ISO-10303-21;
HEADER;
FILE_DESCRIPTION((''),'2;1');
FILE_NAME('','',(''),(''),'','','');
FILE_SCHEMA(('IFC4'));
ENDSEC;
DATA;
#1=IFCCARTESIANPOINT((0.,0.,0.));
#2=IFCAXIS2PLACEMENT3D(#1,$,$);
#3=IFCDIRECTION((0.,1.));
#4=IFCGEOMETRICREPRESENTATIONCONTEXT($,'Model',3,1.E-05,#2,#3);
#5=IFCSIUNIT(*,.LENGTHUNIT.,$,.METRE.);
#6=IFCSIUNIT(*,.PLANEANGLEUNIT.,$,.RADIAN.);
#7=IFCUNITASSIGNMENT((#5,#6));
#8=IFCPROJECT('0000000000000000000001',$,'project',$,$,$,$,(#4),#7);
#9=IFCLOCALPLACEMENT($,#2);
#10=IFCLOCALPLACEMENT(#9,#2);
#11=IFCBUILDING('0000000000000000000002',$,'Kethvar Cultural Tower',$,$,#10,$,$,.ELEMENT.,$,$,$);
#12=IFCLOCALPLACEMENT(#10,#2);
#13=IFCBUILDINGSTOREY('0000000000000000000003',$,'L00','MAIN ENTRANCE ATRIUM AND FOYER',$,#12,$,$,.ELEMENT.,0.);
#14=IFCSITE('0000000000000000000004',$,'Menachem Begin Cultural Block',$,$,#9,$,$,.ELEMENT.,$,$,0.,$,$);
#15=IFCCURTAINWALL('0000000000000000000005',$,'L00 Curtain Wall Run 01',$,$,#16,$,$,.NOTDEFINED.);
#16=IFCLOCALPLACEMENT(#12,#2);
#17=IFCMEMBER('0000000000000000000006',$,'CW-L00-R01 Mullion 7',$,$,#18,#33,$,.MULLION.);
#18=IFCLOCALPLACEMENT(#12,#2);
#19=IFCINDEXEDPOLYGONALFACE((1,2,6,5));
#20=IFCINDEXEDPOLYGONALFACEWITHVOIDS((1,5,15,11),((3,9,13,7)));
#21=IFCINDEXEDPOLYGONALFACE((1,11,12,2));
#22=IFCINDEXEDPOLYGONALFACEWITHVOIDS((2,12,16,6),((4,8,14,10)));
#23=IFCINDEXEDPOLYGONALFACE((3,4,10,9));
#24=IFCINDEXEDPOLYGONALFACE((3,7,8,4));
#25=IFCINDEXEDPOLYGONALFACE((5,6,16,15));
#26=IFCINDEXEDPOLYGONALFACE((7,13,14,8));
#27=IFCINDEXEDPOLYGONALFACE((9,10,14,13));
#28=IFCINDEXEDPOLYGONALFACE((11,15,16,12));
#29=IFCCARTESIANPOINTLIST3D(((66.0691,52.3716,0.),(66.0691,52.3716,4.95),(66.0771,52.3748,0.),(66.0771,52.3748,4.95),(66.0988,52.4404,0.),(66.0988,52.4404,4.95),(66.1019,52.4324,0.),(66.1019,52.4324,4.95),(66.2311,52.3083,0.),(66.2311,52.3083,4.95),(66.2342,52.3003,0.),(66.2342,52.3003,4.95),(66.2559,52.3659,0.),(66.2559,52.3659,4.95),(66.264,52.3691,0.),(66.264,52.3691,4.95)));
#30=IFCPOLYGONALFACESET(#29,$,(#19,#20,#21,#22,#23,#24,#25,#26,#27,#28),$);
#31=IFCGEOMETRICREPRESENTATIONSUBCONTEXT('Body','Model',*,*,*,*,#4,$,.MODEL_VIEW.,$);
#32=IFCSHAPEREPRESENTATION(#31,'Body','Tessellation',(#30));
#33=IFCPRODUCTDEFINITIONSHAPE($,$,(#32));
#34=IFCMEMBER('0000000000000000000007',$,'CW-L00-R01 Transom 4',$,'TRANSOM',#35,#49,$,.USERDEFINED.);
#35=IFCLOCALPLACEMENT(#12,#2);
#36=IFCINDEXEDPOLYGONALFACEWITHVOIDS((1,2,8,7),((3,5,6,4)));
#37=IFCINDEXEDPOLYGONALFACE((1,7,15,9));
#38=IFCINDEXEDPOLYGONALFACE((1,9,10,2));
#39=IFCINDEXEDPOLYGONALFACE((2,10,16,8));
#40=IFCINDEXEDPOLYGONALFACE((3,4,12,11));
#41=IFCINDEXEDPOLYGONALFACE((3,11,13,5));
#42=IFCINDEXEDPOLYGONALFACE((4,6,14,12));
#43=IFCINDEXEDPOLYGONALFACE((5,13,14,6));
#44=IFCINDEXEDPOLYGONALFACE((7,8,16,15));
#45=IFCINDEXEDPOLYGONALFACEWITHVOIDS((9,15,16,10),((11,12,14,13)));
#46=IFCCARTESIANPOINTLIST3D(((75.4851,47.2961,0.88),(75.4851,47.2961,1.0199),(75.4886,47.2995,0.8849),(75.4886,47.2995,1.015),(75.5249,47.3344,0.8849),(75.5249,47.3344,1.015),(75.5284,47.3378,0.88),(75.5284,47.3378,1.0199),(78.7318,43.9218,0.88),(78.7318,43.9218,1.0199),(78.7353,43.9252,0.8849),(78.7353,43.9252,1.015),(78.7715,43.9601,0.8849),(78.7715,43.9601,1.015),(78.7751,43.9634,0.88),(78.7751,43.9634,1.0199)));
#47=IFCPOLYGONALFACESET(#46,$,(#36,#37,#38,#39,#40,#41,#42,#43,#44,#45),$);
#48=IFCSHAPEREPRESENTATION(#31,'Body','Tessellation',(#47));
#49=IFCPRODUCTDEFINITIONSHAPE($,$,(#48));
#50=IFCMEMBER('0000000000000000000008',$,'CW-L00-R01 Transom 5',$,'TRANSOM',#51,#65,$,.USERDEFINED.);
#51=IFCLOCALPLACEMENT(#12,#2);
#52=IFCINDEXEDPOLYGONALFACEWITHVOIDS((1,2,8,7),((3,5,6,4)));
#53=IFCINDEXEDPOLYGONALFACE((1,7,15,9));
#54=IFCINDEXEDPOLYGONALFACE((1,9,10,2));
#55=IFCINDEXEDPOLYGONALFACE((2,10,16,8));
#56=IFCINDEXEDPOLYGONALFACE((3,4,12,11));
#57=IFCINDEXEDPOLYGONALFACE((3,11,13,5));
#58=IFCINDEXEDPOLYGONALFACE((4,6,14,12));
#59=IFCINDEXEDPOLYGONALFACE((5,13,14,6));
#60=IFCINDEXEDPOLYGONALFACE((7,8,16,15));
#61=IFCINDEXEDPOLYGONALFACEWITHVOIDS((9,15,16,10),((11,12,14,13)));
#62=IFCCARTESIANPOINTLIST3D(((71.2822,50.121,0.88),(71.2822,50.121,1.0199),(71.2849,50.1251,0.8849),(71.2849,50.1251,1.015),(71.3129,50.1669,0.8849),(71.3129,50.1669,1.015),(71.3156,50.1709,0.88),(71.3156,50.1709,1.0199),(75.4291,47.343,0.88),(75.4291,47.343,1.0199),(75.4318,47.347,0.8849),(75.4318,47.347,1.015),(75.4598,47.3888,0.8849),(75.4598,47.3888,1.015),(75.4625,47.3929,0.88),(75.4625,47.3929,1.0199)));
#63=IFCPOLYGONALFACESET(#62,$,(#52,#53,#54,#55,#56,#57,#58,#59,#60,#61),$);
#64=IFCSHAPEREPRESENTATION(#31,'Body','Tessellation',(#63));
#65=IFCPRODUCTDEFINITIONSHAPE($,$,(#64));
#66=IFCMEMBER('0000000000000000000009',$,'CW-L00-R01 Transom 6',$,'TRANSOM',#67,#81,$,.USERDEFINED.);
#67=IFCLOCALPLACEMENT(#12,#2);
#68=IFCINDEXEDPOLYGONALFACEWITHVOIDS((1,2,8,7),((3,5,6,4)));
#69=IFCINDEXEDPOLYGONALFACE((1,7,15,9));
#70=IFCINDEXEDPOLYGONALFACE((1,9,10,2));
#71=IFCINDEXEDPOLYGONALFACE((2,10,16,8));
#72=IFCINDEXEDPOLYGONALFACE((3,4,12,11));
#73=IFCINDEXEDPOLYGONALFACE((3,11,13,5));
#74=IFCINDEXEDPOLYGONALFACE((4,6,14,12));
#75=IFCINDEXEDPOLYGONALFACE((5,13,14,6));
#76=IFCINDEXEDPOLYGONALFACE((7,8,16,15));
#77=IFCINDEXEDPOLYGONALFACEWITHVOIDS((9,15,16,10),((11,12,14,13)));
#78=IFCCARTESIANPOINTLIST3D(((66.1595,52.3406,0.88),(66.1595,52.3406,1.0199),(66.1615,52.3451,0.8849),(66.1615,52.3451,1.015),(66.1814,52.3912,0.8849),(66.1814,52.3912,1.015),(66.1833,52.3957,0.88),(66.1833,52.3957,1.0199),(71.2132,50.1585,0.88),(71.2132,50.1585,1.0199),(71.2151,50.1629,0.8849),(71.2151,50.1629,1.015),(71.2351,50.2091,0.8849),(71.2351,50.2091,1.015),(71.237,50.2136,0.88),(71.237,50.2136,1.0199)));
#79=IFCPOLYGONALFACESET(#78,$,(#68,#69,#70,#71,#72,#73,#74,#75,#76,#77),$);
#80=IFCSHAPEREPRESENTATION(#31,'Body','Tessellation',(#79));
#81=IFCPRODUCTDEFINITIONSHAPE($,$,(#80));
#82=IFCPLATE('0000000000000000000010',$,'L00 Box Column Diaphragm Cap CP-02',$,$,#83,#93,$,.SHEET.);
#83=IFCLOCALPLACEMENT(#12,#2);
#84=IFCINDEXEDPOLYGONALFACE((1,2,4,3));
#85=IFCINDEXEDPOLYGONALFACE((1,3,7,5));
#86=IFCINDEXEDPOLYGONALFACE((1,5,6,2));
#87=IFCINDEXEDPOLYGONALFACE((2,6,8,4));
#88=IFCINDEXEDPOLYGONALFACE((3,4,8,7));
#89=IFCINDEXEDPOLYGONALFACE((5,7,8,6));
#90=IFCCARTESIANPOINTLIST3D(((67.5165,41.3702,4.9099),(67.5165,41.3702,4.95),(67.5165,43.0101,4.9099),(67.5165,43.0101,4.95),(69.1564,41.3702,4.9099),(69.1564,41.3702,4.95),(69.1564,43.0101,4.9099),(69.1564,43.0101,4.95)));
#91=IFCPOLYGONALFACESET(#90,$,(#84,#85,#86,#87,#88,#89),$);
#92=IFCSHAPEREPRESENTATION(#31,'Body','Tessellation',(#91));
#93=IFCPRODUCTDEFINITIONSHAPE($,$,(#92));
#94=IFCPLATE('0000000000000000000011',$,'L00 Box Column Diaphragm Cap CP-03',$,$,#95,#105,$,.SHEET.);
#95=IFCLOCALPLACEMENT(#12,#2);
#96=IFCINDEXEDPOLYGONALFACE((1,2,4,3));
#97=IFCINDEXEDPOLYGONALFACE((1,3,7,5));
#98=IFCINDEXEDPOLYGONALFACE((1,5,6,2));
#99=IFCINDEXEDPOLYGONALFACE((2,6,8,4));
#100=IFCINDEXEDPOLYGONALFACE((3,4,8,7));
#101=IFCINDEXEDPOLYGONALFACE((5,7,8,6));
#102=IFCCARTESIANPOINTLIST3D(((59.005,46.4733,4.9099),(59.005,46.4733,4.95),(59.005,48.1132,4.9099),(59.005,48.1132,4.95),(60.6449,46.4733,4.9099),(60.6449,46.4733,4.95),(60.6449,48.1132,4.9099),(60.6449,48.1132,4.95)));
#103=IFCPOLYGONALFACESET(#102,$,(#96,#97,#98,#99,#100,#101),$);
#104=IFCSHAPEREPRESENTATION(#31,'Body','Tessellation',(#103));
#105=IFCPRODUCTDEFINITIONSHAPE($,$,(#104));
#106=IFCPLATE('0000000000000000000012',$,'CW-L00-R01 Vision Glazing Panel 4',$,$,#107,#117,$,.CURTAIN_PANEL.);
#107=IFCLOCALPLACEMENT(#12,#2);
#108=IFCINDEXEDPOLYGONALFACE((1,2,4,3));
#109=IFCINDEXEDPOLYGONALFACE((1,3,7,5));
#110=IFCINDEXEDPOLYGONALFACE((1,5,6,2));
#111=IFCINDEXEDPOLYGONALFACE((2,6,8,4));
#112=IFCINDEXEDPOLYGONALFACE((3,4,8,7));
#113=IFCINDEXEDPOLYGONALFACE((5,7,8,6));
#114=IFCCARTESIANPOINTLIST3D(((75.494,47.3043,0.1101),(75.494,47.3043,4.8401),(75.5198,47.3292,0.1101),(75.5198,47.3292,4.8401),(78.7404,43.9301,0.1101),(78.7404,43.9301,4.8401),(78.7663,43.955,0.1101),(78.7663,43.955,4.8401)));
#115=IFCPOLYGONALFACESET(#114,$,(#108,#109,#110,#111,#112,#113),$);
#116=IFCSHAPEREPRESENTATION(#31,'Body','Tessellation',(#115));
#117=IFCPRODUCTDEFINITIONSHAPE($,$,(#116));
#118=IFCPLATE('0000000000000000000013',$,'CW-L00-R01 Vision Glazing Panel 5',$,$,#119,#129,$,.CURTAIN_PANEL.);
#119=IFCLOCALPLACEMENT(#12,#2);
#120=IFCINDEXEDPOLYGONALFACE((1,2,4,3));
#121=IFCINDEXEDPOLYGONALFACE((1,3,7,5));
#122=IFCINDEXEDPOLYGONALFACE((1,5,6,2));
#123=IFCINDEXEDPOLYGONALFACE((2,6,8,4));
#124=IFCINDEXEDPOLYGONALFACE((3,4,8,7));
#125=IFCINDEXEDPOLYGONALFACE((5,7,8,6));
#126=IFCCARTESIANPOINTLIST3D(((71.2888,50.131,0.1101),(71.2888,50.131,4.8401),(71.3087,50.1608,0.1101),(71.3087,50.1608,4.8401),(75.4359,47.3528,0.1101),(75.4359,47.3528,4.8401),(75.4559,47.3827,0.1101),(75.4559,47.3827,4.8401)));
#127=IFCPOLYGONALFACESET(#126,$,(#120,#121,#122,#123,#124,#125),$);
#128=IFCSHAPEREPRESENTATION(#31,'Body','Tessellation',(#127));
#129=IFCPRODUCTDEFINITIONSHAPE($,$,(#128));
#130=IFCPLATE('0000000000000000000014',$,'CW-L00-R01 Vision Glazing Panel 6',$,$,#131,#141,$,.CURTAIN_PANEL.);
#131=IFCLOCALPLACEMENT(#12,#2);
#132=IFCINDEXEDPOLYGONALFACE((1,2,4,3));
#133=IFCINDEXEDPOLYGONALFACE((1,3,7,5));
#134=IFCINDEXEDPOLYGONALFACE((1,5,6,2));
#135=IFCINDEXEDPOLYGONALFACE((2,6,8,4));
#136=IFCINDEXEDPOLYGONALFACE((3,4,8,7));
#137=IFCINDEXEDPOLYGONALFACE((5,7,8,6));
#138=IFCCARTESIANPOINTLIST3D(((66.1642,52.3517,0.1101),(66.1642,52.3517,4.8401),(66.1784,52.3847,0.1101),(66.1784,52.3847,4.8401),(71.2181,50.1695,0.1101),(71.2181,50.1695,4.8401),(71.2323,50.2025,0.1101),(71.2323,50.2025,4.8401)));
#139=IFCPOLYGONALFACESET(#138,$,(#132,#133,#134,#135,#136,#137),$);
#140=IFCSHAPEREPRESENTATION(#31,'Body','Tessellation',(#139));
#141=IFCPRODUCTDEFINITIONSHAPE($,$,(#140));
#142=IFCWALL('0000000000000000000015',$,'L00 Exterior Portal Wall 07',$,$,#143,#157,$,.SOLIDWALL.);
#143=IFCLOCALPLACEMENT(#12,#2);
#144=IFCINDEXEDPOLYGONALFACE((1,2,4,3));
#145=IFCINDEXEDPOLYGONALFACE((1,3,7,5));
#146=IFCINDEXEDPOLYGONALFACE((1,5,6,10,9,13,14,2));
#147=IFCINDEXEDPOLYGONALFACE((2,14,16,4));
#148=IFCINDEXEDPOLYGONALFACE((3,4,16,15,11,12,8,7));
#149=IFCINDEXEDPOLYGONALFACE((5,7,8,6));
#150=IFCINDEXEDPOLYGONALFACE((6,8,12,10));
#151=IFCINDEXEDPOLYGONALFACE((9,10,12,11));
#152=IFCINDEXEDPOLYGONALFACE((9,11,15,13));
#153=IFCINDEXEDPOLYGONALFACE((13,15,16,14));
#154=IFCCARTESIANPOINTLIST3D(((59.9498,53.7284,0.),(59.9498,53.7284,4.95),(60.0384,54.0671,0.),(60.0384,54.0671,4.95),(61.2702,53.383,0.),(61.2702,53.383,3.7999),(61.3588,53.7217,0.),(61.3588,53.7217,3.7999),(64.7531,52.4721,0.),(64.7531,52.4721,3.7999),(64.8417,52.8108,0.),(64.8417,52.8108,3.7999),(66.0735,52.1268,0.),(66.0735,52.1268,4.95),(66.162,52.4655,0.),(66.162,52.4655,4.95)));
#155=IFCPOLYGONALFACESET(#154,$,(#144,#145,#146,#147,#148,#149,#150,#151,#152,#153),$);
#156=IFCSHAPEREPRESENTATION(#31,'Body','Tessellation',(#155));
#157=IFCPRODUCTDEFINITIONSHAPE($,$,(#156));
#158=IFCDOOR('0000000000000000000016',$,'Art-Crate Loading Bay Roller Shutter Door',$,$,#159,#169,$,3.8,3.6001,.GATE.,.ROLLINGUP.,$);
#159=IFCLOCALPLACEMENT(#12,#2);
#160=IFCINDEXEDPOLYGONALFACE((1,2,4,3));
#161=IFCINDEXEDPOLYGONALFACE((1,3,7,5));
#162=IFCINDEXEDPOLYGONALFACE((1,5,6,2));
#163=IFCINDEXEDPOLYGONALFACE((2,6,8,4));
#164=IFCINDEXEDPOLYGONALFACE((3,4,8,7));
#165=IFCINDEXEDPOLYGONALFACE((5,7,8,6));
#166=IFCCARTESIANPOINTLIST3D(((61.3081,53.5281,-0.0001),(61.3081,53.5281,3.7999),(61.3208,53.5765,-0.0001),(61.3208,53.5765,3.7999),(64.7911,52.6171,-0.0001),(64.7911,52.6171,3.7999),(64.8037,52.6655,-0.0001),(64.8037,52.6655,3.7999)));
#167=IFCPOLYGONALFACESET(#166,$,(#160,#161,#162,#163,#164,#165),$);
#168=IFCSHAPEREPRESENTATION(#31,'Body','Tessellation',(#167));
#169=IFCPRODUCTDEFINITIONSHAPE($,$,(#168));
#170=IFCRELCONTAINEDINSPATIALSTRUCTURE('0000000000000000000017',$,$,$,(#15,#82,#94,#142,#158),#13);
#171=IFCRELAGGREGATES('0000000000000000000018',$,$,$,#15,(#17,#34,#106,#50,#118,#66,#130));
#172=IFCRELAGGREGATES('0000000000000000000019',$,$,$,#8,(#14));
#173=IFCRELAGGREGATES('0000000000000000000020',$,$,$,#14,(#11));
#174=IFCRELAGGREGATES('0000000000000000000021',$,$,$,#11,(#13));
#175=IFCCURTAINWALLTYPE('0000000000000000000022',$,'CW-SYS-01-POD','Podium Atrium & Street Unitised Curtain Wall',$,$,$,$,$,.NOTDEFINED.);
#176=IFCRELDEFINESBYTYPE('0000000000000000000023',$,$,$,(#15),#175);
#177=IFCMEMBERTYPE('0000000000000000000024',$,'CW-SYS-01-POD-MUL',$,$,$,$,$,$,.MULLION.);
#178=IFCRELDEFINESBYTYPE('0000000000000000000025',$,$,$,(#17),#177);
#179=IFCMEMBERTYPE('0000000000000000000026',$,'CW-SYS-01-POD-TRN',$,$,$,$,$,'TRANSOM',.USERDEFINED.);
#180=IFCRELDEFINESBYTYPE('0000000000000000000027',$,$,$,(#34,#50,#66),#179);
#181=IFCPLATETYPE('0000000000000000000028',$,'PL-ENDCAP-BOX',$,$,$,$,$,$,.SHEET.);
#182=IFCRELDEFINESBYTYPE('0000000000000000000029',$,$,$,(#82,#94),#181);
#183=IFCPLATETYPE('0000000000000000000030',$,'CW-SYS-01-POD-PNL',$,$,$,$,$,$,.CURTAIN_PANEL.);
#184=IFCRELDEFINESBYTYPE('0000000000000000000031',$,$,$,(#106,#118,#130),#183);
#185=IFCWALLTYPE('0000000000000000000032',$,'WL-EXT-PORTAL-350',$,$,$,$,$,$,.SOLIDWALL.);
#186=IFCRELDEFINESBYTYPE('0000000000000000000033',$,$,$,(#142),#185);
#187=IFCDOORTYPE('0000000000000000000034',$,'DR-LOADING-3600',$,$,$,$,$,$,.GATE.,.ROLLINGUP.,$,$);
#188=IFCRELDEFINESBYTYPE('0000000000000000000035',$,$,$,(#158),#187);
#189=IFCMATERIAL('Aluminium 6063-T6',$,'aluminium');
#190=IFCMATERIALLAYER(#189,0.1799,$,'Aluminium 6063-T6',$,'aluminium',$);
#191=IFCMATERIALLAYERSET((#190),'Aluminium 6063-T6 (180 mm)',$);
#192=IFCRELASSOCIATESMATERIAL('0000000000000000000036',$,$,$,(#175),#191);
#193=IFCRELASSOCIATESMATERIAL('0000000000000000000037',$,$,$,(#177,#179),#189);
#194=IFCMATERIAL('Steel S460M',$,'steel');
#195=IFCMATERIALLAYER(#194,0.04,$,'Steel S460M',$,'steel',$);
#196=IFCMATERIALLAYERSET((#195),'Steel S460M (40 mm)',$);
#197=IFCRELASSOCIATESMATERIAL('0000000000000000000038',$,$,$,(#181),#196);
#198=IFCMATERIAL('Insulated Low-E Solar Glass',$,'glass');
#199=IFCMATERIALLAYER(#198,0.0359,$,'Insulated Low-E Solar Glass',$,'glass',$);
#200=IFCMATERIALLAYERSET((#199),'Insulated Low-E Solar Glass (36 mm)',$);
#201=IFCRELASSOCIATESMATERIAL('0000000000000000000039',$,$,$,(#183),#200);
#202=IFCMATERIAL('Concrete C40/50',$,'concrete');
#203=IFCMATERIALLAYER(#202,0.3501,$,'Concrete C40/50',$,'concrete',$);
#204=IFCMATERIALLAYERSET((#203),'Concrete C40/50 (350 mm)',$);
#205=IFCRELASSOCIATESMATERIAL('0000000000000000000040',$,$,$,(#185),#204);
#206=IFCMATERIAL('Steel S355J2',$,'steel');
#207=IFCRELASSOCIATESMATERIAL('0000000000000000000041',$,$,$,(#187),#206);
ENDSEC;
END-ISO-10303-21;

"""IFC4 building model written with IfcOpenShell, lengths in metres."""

from ifc_helpers import new_model, si_unit, direction, frame, frame_2d, origin, origin_2d, place, context, subcontext, project, spatial, rectangle, hollow_rectangle, extrude, source, transform, mapped, material, layer, layer_set, material_profile, profile_set, type_object, element, fill, aggregate, save


model = new_model("IFC4")

# Units and contexts
model_context = context("Model", 3, precision=1e-05, world=origin(), true_north=direction((0.0, 1.0)))
body_context = subcontext(model_context, "Body", "Model", "MODEL_VIEW")
ifc_project = project(units=[si_unit("LENGTHUNIT", "METRE"), si_unit("PLANEANGLEUNIT", "RADIAN")], contexts=[model_context])

# Site, building, storey
site_placement = place(None, origin())
site = spatial("IfcSite", under=ifc_project, at=site_placement, Name="Menachem Begin Cultural Block", CompositionType="ELEMENT", RefElevation=0.0)
building_placement = place(site_placement, origin())
building = spatial("IfcBuilding", under=site, at=building_placement, Name="Kethvar Cultural Tower", CompositionType="ELEMENT")
storey_placement = place(building_placement, origin())
storey = spatial("IfcBuildingStorey", under=building, at=storey_placement, Name="L00", Description="MAIN ENTRANCE ATRIUM AND FOYER", CompositionType="ELEMENT", Elevation=0.0)

# Shared definitions
ifc_material_1 = material(Name="Steel S460M", Category="steel")

# Shared definitions
ifc_material_2 = material(Name="Steel S355J2", Category="steel")

# Curtain wall, members
ifc_material_3 = material(Name="Aluminium 6063-T6", Category="aluminium")
ifc_layer_1 = layer(ifc_material_3, 0.1799, Name="Aluminium 6063-T6", Category="aluminium")
ifc_layer_set_1 = layer_set([ifc_layer_1], Name="Aluminium 6063-T6 (180 mm)")
curtain_wall_type = type_object("IfcCurtainWallType", Name="CW-SYS-01-POD", Description="Podium Atrium & Street Unitised Curtain Wall", PredefinedType="NOTDEFINED", material=ifc_layer_set_1)
curtain_wall_placement = place(storey_placement, origin())
curtain_wall = element("IfcCurtainWall", 1, at=curtain_wall_placement, inside=storey, type_object=curtain_wall_type, Name="L00 Curtain Wall Run 01", PredefinedType="NOTDEFINED")
ifc_material_profile_1 = material_profile(ifc_material_3, hollow_rectangle(XDim=0.075, YDim=0.1799, WallThickness=0.0061, at=origin_2d()), Name="Aluminium 6063-T6 — RHS180x75x6")
ifc_profile_set_1 = profile_set([ifc_material_profile_1], Name="Aluminium 6063-T6 — RHS180x75x6")
member_type_1 = type_object("IfcMemberType", Name="CW-SYS-01-POD-MUL", PredefinedType="MULLION", material=ifc_profile_set_1)
shared_shape_1 = source(origin(), body_context, "Body", "SweptSolid", [
    extrude(hollow_rectangle(XDim=0.075, YDim=0.1799, WallThickness=0.0061, at=origin_2d()), origin(), (0.0, 0.0, 1.0), 4.95),
])
member_1_placement = place(storey_placement, frame((66.1665, 52.3704, 0.0), z_axis=(0.0, 0.0, 1.0), x_axis=(-0.396411, -0.918073, 0.0)))
member_1 = element("IfcMember", 2, at=member_1_placement, type_object=member_type_1, Name="CW-L00-R01 Mullion 7", PredefinedType="MULLION", context=body_context, shape_type="MappedRepresentation", body=[
    mapped(shared_shape_1, transform((0.0, 0.0, 0.0), scale=1.0)),
])
ifc_material_profile_2 = material_profile(ifc_material_3, hollow_rectangle(XDim=0.0601, YDim=0.1399, WallThickness=0.0049, at=origin_2d()), Name="Aluminium 6063-T6 — RHS140x60x5")
ifc_profile_set_2 = profile_set([ifc_material_profile_2], Name="Aluminium 6063-T6 — RHS140x60x5")
member_type_2 = type_object("IfcMemberType", Name="CW-SYS-01-POD-TRN", ElementType="TRANSOM", PredefinedType="USERDEFINED", material=ifc_profile_set_2)
shared_shape_2 = source(origin(), body_context, "Body", "SweptSolid", [
    extrude(hollow_rectangle(XDim=0.0601, YDim=0.1399, WallThickness=0.0049, at=origin_2d()), origin(), (0.0, 0.0, 1.0), 4.6826),
])
member_2_placement = place(storey_placement, frame((78.7534, 43.9426, 0.95), z_axis=(-0.693341, 0.72061, 0.0), x_axis=(-0.72061, -0.693341, 0.0)))
member_2 = element("IfcMember", 3, at=member_2_placement, type_object=member_type_2, Name="CW-L00-R01 Transom 4", ObjectType="TRANSOM", PredefinedType="USERDEFINED", context=body_context, shape_type="MappedRepresentation", body=[
    mapped(shared_shape_2, transform((0.0, 0.0, 0.0), scale=1.0)),
])
shared_shape_3 = source(origin(), body_context, "Body", "SweptSolid", [
    extrude(hollow_rectangle(XDim=0.0601, YDim=0.1399, WallThickness=0.0049, at=origin_2d()), origin(), (0.0, 0.0, 1.0), 4.9915),
])
member_3_placement = place(storey_placement, frame((75.4458, 47.3679, 0.95), z_axis=(-0.830807, 0.556561, 0.0), x_axis=(-0.556561, -0.830807, 0.0)))
member_3 = element("IfcMember", 4, at=member_3_placement, type_object=member_type_2, Name="CW-L00-R01 Transom 5", ObjectType="TRANSOM", PredefinedType="USERDEFINED", context=body_context, shape_type="MappedRepresentation", body=[
    mapped(shared_shape_3, transform((0.0, 0.0, 0.0), scale=1.0)),
])
shared_shape_4 = source(origin(), body_context, "Body", "SweptSolid", [
    extrude(hollow_rectangle(XDim=0.0601, YDim=0.1399, WallThickness=0.0049, at=origin_2d()), origin(), (0.0, 0.0, 1.0), 5.5046),
])
member_4_placement = place(storey_placement, frame((71.2251, 50.186, 0.95), z_axis=(-0.918073, 0.396412, 0.0), x_axis=(-0.396412, -0.918073, 0.0)))
member_4 = element("IfcMember", 5, at=member_4_placement, type_object=member_type_2, Name="CW-L00-R01 Transom 6", ObjectType="TRANSOM", PredefinedType="USERDEFINED", context=body_context, shape_type="MappedRepresentation", body=[
    mapped(shared_shape_4, transform((0.0, 0.0, 0.0), scale=1.0)),
])

# Plates
ifc_layer_2 = layer(ifc_material_1, 0.04, Name="Steel S460M", Category="steel")
ifc_layer_set_2 = layer_set([ifc_layer_2], Name="Steel S460M (40 mm)")
plate_type_1 = type_object("IfcPlateType", Name="PL-ENDCAP-BOX", PredefinedType="SHEET", material=ifc_layer_set_2)
shared_shape_5 = source(origin(), body_context, "Body", "SweptSolid", [
    extrude(rectangle(XDim=1.6399, YDim=1.6399, at=origin_2d()), origin(), (0.0, 0.0, 1.0), 0.04),
])
for number, where, z_axis, x_axis, name in (
    (6, (68.3364, 42.1902, 4.9099), (0.0, 0.0, 1.0), (1.0, 0.0, 0.0), "L00 Box Column Diaphragm Cap CP-02"),
    (7, (59.825, 47.2932, 4.9099), (0.0, 0.0, 1.0), (1.0, 0.0, 0.0), "L00 Box Column Diaphragm Cap CP-03"),
):
    element("IfcPlate", number, at=place(storey_placement, frame(where, z_axis=z_axis, x_axis=x_axis)), inside=storey, type_object=plate_type_1, Name=name, PredefinedType="SHEET", context=body_context, shape_type="MappedRepresentation", body=[
        mapped(shared_shape_5, transform((0.0, 0.0, 0.0), scale=1.0)),
    ])

# Plates
ifc_material_4 = material(Name="Insulated Low-E Solar Glass", Category="glass")
ifc_layer_3 = layer(ifc_material_4, 0.0359, Name="Insulated Low-E Solar Glass", Category="glass")
ifc_layer_set_3 = layer_set([ifc_layer_3], Name="Insulated Low-E Solar Glass (36 mm)")
plate_type_2 = type_object("IfcPlateType", Name="CW-SYS-01-POD-PNL", PredefinedType="CURTAIN_PANEL", material=ifc_layer_set_3)
shared_shape_6 = source(origin(), body_context, "Body", "SweptSolid", [
    extrude(rectangle(XDim=4.6824, YDim=0.0359, at=origin_2d()), origin(), (0.0, 0.0, 1.0), 4.73),
])
plate_1_placement = place(storey_placement, frame((77.1301, 45.6296, 0.1101), z_axis=(0.0, 0.0, 1.0), x_axis=(-0.693339, 0.720612, 0.0)))
plate_1 = element("IfcPlate", 8, at=plate_1_placement, type_object=plate_type_2, Name="CW-L00-R01 Vision Glazing Panel 4", PredefinedType="CURTAIN_PANEL", context=body_context, shape_type="MappedRepresentation", body=[
    mapped(shared_shape_6, transform((0.0, 0.0, 0.0), scale=1.0)),
])
shared_shape_7 = source(origin(), body_context, "Body", "SweptSolid", [
    extrude(rectangle(XDim=4.9917, YDim=0.0359, at=origin_2d()), origin(), (0.0, 0.0, 1.0), 4.73),
])
plate_2_placement = place(storey_placement, frame((73.3723, 48.7568, 0.1101), z_axis=(0.0, 0.0, 1.0), x_axis=(-0.83081, 0.556557, 0.0)))
plate_2 = element("IfcPlate", 9, at=plate_2_placement, type_object=plate_type_2, Name="CW-L00-R01 Vision Glazing Panel 5", PredefinedType="CURTAIN_PANEL", context=body_context, shape_type="MappedRepresentation", body=[
    mapped(shared_shape_7, transform((0.0, 0.0, 0.0), scale=1.0)),
])
shared_shape_8 = source(origin(), body_context, "Body", "SweptSolid", [
    extrude(rectangle(XDim=5.5049, YDim=0.0359, at=origin_2d()), origin(), (0.0, 0.0, 1.0), 4.73),
])
plate_3_placement = place(storey_placement, frame((68.6982, 51.2771, 0.1101), z_axis=(0.0, 0.0, 1.0), x_axis=(-0.918073, 0.396411, 0.0)))
plate_3 = element("IfcPlate", 10, at=plate_3_placement, type_object=plate_type_2, Name="CW-L00-R01 Vision Glazing Panel 6", PredefinedType="CURTAIN_PANEL", context=body_context, shape_type="MappedRepresentation", body=[
    mapped(shared_shape_8, transform((0.0, 0.0, 0.0), scale=1.0)),
])
aggregate(curtain_wall, [member_1, member_2, plate_1, member_3, plate_2, member_4, plate_3])

# Wall, opening, door
ifc_material_5 = material(Name="Concrete C40/50", Category="concrete")
ifc_layer_4 = layer(ifc_material_5, 0.3501, Name="Concrete C40/50", Category="concrete")
ifc_layer_set_4 = layer_set([ifc_layer_4], Name="Concrete C40/50 (350 mm)")
wall_type_1 = type_object("IfcWallType", Name="WL-EXT-PORTAL-350", PredefinedType="SOLIDWALL", material=ifc_layer_set_4)
wall_1_placement = place(storey_placement, frame((59.9941, 53.8977, 0.0), z_axis=(0.0, 0.0, 1.0), x_axis=(0.967458, -0.253031, 0.0)))
wall_1 = element("IfcWall", 11, at=wall_1_placement, inside=storey, type_object=wall_type_1, Name="L00 Exterior Portal Wall 07", PredefinedType="SOLIDWALL", context=body_context, shape_type="SweptSolid", body=[
    extrude(rectangle(XDim=6.3296, YDim=0.3501, at=frame_2d((3.1648, 0.0))), origin(), (0.0, 0.0, 1.0), 4.95),
])
opening_placement = place(wall_1_placement, frame((1.3647, 0.0, 0.0)))
opening = element("IfcOpeningElement", 12, at=opening_placement, cuts=wall_1, PredefinedType="OPENING", context=body_context, shape_type="SweptSolid", body=[
    extrude(rectangle(XDim=3.6001, YDim=3.8, at=frame_2d((1.8, 1.8999))), frame((0.0, 0.1851, 0.0), z_axis=(0.0, -1.0, 0.0), x_axis=(1.0, 0.0, 0.0)), (0.0, 0.0, 1.0), 0.3701),
])
door_type = type_object("IfcDoorType", Name="DR-LOADING-3600", OperationType="ROLLINGUP", PredefinedType="GATE", material=ifc_material_2)
shared_shape_9 = source(origin(), body_context, "Body", "SweptSolid", [
    extrude(rectangle(XDim=3.6001, YDim=3.8, at=frame_2d((1.8, 1.8999))), frame((0.0, 0.0249, 0.0), z_axis=(0.0, -1.0, 0.0), x_axis=(1.0, 0.0, 0.0)), (0.0, 0.0, 1.0), 0.05),
])
door_placement = place(opening_placement, origin())
door = element("IfcDoor", 13, at=door_placement, inside=storey, type_object=door_type, Name="Art-Crate Loading Bay Roller Shutter Door", OperationType="ROLLINGUP", OverallHeight=3.8, OverallWidth=3.6001, PredefinedType="GATE", context=body_context, shape_type="MappedRepresentation", body=[
    mapped(shared_shape_9, transform((0.0, 0.0, 0.0), scale=1.0)),
])
fill(opening, door)

save(model, "model.ifc")
